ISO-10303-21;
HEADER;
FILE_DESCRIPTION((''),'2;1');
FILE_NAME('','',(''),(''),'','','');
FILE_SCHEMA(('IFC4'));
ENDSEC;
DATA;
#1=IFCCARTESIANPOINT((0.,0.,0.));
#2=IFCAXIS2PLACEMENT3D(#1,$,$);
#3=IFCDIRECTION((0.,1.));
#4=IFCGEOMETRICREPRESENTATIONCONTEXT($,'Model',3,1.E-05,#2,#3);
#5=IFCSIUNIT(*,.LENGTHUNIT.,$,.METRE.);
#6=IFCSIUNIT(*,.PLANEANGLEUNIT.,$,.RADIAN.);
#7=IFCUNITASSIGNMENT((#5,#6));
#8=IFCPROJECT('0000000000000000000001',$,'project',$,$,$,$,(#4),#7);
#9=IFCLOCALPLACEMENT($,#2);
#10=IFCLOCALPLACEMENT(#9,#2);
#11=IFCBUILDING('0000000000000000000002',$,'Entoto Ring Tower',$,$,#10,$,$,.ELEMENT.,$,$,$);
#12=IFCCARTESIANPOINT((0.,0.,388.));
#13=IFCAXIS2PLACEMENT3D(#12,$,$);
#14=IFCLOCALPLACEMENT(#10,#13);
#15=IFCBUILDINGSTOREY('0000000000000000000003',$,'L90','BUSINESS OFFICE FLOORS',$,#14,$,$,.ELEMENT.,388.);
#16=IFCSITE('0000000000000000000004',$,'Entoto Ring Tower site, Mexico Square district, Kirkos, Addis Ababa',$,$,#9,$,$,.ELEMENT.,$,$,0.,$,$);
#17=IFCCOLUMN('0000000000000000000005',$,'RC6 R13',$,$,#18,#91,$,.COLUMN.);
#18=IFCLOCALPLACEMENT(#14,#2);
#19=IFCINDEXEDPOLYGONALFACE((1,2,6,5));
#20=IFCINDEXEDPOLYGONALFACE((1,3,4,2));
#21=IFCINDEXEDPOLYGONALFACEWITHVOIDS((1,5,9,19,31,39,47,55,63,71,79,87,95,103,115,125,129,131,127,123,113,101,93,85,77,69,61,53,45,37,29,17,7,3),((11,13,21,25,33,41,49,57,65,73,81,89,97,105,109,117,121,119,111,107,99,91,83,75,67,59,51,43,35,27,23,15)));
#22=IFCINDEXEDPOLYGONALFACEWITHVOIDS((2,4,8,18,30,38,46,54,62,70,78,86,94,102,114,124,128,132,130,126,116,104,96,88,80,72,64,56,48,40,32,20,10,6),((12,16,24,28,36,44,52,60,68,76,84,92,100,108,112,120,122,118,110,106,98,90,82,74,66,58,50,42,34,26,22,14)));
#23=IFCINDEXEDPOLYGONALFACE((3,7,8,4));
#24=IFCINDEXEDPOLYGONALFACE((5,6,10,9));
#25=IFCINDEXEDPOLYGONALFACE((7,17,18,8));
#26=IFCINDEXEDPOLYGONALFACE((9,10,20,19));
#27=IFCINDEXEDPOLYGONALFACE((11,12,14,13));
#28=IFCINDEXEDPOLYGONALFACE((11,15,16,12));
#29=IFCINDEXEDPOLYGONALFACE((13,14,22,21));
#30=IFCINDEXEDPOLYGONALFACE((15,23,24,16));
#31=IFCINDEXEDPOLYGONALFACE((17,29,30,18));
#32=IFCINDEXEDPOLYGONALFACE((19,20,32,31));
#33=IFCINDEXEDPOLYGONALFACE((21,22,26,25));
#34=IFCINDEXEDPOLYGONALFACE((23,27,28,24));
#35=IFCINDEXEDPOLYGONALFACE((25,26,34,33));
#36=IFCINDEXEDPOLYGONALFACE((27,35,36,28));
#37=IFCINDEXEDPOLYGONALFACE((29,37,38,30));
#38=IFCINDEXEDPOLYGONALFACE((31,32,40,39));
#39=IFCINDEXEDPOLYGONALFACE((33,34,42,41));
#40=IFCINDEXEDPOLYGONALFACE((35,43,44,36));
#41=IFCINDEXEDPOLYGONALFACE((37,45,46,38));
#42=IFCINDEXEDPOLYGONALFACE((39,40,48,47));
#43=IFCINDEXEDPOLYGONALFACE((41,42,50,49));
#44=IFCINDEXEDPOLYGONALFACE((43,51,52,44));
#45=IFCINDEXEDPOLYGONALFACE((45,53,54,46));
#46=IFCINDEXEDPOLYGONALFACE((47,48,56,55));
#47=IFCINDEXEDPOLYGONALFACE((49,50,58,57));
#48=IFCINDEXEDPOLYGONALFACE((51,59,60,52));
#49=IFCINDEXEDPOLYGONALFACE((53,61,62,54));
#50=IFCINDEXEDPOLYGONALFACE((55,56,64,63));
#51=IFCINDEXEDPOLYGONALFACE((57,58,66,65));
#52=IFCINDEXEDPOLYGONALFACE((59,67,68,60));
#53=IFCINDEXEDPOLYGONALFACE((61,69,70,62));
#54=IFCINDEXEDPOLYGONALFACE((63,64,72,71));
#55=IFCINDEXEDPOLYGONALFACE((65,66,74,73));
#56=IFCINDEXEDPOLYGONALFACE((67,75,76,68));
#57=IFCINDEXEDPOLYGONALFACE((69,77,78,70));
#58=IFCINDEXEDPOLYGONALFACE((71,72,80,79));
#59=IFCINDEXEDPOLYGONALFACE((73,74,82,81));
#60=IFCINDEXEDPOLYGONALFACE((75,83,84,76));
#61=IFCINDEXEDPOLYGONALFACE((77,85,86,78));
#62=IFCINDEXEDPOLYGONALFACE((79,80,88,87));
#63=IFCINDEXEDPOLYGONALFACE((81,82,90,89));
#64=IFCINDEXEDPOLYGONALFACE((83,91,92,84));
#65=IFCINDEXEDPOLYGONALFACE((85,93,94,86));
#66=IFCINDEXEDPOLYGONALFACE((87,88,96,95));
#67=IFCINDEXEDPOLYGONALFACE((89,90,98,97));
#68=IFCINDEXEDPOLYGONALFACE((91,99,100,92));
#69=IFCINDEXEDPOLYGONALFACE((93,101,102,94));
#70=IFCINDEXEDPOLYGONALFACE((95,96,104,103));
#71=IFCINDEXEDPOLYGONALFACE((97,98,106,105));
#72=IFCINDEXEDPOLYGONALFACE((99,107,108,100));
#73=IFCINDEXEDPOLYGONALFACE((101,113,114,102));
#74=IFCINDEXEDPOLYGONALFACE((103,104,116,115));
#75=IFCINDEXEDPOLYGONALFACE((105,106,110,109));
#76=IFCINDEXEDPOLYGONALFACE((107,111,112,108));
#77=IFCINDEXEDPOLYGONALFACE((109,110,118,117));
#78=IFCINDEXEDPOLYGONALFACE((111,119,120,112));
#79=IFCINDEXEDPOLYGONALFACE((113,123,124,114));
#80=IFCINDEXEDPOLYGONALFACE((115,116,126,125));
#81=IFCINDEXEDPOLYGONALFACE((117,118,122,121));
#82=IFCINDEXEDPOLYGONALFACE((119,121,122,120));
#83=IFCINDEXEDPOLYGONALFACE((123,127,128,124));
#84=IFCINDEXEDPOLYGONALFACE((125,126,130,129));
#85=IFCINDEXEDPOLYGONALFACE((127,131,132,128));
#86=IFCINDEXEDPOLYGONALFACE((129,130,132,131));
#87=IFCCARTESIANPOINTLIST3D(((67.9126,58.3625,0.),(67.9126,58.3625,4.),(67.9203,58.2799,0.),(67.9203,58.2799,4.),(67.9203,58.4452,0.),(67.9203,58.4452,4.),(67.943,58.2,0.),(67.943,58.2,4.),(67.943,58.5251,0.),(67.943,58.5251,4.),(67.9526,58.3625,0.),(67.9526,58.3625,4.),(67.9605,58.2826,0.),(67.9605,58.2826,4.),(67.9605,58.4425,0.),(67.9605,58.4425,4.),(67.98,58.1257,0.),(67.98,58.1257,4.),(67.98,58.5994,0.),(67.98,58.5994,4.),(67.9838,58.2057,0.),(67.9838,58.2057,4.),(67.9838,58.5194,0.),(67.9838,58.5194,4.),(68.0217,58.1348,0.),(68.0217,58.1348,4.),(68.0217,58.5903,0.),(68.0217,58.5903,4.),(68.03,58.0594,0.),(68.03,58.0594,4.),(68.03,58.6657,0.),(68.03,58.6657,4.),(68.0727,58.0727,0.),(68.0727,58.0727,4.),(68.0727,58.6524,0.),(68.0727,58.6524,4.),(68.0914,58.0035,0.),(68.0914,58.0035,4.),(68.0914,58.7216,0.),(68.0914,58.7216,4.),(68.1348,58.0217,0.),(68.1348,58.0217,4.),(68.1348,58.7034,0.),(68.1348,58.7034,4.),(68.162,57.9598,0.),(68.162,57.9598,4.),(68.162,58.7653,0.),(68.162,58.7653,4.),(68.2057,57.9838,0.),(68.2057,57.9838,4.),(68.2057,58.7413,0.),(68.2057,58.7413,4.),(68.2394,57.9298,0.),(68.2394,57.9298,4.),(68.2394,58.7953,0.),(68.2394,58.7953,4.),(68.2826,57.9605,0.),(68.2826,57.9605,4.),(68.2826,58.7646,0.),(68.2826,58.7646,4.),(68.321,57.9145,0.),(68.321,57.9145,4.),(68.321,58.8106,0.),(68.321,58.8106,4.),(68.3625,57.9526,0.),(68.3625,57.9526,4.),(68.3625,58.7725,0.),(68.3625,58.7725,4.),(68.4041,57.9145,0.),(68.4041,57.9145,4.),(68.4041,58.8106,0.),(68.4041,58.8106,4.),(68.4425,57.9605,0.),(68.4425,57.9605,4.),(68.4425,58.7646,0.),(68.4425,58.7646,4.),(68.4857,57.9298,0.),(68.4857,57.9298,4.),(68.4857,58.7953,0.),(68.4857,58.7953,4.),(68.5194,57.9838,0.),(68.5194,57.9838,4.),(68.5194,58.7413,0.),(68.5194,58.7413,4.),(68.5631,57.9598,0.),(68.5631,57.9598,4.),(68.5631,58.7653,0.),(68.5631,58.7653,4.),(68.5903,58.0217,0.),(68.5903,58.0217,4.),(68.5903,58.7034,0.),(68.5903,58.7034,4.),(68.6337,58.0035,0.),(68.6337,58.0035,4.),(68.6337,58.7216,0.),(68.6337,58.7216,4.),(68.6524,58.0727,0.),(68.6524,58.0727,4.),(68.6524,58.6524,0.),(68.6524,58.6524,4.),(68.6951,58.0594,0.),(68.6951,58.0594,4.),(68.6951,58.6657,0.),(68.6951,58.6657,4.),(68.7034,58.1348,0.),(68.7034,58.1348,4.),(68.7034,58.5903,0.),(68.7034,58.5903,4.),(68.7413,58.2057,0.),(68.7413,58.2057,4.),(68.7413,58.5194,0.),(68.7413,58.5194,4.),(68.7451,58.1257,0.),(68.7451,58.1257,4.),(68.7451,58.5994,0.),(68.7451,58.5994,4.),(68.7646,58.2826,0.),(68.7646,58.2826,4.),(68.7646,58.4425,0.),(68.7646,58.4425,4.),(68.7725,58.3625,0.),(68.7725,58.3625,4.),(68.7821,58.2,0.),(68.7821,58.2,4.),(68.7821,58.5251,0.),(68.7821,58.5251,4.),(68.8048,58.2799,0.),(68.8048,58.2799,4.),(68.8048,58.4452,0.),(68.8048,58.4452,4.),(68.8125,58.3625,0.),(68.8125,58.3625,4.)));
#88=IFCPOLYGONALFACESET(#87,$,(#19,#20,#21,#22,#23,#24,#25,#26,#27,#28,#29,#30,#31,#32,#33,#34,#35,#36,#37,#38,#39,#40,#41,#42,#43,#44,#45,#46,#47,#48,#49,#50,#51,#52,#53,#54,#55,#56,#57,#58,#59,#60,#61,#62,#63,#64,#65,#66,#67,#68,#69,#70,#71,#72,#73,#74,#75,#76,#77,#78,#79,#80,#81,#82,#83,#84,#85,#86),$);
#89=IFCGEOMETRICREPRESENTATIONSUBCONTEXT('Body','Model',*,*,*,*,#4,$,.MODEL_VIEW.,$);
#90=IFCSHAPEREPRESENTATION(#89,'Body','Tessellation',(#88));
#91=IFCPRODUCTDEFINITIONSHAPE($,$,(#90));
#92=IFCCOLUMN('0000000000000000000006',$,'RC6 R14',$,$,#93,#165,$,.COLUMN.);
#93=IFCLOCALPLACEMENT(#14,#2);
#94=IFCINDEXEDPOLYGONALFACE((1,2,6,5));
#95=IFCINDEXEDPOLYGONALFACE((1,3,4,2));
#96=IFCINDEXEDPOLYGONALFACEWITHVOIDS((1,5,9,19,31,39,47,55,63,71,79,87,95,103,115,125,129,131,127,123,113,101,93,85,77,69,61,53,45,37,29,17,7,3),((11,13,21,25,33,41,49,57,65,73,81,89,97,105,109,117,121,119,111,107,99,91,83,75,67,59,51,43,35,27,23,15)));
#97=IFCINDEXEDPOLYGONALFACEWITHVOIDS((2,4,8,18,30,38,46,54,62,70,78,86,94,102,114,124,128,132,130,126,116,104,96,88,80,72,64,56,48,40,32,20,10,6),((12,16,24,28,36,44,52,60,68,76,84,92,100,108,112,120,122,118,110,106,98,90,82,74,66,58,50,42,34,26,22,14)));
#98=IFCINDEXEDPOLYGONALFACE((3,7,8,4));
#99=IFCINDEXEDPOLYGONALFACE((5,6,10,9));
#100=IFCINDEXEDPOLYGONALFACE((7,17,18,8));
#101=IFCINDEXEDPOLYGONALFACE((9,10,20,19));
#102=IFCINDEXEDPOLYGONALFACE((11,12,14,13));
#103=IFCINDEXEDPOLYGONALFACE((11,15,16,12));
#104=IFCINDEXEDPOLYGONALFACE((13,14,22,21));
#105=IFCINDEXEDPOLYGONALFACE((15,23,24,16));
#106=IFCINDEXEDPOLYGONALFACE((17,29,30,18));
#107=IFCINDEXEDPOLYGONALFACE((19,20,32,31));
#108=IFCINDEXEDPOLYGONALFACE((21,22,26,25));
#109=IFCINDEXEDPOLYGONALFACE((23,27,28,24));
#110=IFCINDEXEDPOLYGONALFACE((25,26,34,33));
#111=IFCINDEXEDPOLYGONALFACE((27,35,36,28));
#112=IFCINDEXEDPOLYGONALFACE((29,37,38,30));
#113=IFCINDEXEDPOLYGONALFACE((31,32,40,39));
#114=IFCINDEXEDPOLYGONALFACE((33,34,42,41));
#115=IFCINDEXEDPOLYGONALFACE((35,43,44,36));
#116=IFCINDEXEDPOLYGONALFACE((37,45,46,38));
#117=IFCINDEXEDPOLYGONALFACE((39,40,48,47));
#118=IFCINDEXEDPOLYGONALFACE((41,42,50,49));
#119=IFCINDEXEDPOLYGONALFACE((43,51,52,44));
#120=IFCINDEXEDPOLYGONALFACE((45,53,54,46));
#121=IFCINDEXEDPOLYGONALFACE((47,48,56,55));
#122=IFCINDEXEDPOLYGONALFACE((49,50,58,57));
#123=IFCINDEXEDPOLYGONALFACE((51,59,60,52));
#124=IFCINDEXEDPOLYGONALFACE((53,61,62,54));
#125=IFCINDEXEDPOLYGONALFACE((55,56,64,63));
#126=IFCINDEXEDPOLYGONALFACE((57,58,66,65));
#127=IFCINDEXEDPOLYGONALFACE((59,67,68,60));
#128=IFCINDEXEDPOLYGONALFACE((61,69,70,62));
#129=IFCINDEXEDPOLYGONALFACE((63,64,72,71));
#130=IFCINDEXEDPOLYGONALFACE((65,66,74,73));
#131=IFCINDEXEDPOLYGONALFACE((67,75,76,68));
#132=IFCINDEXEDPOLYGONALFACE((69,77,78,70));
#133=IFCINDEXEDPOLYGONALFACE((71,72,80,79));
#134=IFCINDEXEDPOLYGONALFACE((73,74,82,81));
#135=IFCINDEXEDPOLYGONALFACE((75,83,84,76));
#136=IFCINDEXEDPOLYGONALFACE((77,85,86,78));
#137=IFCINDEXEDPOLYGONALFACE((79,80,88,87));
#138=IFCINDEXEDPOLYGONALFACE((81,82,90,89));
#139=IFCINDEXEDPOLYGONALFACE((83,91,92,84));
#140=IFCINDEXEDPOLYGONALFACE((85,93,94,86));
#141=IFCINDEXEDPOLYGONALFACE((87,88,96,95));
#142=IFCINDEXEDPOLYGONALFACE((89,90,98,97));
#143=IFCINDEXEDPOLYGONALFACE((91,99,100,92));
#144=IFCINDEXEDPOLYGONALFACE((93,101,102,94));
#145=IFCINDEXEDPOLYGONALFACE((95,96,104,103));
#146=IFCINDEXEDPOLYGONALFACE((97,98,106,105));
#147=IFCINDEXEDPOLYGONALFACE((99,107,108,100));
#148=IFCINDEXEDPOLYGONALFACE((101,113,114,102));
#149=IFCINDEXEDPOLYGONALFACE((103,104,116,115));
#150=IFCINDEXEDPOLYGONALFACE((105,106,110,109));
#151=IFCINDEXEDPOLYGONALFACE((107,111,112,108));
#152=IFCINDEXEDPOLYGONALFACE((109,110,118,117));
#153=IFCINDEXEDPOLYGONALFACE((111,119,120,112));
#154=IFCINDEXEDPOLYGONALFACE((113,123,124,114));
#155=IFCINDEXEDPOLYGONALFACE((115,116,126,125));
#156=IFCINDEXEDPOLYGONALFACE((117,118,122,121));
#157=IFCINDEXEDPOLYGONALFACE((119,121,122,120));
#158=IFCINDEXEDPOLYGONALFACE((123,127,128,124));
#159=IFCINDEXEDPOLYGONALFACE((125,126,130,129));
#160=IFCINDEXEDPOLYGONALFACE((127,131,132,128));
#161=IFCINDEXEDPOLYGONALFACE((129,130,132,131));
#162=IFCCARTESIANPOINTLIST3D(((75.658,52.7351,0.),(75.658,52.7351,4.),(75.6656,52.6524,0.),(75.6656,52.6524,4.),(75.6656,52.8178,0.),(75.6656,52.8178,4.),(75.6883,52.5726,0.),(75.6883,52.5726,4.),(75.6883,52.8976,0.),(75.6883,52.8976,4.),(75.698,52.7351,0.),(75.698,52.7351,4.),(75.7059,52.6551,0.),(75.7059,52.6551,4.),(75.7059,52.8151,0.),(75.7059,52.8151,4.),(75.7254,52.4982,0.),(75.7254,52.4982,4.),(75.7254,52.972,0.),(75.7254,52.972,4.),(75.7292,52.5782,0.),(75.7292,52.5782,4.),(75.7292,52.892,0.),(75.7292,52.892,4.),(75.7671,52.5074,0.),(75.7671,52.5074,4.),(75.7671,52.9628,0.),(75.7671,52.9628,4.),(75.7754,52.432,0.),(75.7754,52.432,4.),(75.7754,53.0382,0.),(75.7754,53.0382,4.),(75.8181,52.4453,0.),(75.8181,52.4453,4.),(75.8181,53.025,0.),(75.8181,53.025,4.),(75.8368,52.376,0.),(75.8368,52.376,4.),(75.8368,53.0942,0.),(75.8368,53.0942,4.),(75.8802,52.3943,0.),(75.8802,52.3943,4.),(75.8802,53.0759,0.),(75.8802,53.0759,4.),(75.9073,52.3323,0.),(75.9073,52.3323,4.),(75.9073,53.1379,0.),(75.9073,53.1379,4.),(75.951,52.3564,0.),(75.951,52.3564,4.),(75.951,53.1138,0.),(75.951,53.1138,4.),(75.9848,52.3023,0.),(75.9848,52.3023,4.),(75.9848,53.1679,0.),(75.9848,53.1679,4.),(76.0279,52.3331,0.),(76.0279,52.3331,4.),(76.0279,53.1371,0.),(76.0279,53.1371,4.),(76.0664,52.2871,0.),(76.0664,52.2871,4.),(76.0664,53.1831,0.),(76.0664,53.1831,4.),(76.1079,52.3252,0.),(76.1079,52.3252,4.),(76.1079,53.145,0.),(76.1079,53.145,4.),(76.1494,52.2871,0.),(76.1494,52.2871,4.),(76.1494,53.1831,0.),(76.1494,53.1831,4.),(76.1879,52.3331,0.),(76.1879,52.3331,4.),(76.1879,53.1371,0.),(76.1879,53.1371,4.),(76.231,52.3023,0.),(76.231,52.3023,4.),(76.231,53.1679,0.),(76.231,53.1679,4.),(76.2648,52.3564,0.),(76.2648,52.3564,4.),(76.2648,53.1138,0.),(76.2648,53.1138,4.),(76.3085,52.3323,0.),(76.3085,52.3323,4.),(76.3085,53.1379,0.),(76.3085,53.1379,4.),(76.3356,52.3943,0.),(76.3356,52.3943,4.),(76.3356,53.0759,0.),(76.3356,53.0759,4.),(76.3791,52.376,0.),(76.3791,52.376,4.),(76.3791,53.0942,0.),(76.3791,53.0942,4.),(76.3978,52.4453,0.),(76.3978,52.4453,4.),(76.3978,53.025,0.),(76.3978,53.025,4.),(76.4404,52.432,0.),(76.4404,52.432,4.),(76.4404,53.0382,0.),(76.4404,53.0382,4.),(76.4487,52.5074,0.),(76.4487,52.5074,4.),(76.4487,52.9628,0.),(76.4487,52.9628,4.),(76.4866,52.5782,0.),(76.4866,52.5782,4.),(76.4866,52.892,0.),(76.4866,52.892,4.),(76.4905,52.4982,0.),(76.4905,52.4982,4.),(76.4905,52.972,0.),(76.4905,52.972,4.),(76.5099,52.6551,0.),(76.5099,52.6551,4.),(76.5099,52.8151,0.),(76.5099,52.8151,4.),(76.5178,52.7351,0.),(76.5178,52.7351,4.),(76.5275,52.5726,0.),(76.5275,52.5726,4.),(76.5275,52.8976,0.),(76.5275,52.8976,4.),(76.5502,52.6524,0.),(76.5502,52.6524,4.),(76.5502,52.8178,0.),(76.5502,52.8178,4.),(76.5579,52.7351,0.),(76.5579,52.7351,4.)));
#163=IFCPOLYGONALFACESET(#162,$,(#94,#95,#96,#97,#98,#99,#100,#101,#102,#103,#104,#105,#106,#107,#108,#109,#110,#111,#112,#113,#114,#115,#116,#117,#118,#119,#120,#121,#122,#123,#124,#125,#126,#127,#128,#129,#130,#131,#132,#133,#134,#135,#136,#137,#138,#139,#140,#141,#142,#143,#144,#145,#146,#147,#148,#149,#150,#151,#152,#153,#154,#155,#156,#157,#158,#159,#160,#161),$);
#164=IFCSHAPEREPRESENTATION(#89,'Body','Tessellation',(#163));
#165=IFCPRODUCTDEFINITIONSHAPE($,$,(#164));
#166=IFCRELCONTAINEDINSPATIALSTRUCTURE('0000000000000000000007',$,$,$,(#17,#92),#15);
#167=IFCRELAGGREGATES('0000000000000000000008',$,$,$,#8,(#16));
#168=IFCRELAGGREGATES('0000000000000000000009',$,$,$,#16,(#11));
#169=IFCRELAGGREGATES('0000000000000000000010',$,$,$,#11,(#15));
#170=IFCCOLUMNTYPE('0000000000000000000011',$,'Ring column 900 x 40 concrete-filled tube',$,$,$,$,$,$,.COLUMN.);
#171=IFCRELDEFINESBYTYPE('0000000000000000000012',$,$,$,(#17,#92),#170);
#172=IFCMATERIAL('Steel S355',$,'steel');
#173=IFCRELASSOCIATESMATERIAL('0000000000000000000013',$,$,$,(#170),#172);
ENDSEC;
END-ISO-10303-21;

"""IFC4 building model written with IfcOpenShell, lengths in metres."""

from ifc_helpers import new_model, si_unit, direction, frame, origin, origin_2d, place, context, subcontext, project, spatial, circle, hollow_circle, extrude, material, material_profile, profile_set, type_object, element, save


model = new_model("IFC4")

# Units and contexts
model_context = context("Model", 3, precision=1e-05, world=origin(), true_north=direction((0.0, 1.0)))
body_context = subcontext(model_context, "Body", "Model", "MODEL_VIEW")
ifc_project = project(units=[si_unit("LENGTHUNIT", "METRE"), si_unit("PLANEANGLEUNIT", "RADIAN")], contexts=[model_context])

# Site, building, storey
site_placement = place(None, origin())
site = spatial("IfcSite", under=ifc_project, at=site_placement, Name="Entoto Ring Tower site, Mexico Square district, Kirkos, Addis Ababa", CompositionType="ELEMENT", RefElevation=0.0)
building_placement = place(site_placement, origin())
building = spatial("IfcBuilding", under=site, at=building_placement, Name="Entoto Ring Tower", CompositionType="ELEMENT")
storey_placement = place(building_placement, frame((0.0, 0.0, 388.0)))
storey = spatial("IfcBuildingStorey", under=building, at=storey_placement, Name="L90", Description="BUSINESS OFFICE FLOORS", CompositionType="ELEMENT", Elevation=388.0)

# Columns
ifc_material_1 = material(Name="Steel S355", Category="steel")
ifc_material_profile_1 = material_profile(ifc_material_1, hollow_circle(Radius=0.45, WallThickness=0.04, at=origin_2d()), Name="CHS 900 x 40")
ifc_material_2 = material(Name="Concrete C60/75", Category="concrete")
ifc_material_profile_2 = material_profile(ifc_material_2, circle(Radius=0.4099, at=origin_2d()), Name="Concrete C60/75 infill")
ifc_profile_set_1 = profile_set([ifc_material_profile_1, ifc_material_profile_2], Name="Steel S355")
column_type = type_object("IfcColumnType", Name="Ring column 900 x 40 concrete-filled tube", PredefinedType="COLUMN", material=ifc_profile_set_1)
for number, where, z_axis, x_axis, name in (
    (1, (68.3625, 58.3625, 0.0), (0.0, 0.0, 1.0), (1.0, 0.0, 0.0), "RC6 R13"),
    (2, (76.1079, 52.7351, 0.0), (0.0, 0.0, 1.0), (1.0, 0.0, 0.0), "RC6 R14"),
):
    element("IfcColumn", number, at=place(storey_placement, frame(where, z_axis=z_axis, x_axis=x_axis)), inside=storey, type_object=column_type, Name=name, PredefinedType="COLUMN", context=body_context, shape_type="SweptSolid", body=[
        extrude(hollow_circle(Radius=0.45, WallThickness=0.04, at=origin_2d()), origin(), (0.0, 0.0, 1.0), 4.0),
    ])

save(model, "model.ifc")
